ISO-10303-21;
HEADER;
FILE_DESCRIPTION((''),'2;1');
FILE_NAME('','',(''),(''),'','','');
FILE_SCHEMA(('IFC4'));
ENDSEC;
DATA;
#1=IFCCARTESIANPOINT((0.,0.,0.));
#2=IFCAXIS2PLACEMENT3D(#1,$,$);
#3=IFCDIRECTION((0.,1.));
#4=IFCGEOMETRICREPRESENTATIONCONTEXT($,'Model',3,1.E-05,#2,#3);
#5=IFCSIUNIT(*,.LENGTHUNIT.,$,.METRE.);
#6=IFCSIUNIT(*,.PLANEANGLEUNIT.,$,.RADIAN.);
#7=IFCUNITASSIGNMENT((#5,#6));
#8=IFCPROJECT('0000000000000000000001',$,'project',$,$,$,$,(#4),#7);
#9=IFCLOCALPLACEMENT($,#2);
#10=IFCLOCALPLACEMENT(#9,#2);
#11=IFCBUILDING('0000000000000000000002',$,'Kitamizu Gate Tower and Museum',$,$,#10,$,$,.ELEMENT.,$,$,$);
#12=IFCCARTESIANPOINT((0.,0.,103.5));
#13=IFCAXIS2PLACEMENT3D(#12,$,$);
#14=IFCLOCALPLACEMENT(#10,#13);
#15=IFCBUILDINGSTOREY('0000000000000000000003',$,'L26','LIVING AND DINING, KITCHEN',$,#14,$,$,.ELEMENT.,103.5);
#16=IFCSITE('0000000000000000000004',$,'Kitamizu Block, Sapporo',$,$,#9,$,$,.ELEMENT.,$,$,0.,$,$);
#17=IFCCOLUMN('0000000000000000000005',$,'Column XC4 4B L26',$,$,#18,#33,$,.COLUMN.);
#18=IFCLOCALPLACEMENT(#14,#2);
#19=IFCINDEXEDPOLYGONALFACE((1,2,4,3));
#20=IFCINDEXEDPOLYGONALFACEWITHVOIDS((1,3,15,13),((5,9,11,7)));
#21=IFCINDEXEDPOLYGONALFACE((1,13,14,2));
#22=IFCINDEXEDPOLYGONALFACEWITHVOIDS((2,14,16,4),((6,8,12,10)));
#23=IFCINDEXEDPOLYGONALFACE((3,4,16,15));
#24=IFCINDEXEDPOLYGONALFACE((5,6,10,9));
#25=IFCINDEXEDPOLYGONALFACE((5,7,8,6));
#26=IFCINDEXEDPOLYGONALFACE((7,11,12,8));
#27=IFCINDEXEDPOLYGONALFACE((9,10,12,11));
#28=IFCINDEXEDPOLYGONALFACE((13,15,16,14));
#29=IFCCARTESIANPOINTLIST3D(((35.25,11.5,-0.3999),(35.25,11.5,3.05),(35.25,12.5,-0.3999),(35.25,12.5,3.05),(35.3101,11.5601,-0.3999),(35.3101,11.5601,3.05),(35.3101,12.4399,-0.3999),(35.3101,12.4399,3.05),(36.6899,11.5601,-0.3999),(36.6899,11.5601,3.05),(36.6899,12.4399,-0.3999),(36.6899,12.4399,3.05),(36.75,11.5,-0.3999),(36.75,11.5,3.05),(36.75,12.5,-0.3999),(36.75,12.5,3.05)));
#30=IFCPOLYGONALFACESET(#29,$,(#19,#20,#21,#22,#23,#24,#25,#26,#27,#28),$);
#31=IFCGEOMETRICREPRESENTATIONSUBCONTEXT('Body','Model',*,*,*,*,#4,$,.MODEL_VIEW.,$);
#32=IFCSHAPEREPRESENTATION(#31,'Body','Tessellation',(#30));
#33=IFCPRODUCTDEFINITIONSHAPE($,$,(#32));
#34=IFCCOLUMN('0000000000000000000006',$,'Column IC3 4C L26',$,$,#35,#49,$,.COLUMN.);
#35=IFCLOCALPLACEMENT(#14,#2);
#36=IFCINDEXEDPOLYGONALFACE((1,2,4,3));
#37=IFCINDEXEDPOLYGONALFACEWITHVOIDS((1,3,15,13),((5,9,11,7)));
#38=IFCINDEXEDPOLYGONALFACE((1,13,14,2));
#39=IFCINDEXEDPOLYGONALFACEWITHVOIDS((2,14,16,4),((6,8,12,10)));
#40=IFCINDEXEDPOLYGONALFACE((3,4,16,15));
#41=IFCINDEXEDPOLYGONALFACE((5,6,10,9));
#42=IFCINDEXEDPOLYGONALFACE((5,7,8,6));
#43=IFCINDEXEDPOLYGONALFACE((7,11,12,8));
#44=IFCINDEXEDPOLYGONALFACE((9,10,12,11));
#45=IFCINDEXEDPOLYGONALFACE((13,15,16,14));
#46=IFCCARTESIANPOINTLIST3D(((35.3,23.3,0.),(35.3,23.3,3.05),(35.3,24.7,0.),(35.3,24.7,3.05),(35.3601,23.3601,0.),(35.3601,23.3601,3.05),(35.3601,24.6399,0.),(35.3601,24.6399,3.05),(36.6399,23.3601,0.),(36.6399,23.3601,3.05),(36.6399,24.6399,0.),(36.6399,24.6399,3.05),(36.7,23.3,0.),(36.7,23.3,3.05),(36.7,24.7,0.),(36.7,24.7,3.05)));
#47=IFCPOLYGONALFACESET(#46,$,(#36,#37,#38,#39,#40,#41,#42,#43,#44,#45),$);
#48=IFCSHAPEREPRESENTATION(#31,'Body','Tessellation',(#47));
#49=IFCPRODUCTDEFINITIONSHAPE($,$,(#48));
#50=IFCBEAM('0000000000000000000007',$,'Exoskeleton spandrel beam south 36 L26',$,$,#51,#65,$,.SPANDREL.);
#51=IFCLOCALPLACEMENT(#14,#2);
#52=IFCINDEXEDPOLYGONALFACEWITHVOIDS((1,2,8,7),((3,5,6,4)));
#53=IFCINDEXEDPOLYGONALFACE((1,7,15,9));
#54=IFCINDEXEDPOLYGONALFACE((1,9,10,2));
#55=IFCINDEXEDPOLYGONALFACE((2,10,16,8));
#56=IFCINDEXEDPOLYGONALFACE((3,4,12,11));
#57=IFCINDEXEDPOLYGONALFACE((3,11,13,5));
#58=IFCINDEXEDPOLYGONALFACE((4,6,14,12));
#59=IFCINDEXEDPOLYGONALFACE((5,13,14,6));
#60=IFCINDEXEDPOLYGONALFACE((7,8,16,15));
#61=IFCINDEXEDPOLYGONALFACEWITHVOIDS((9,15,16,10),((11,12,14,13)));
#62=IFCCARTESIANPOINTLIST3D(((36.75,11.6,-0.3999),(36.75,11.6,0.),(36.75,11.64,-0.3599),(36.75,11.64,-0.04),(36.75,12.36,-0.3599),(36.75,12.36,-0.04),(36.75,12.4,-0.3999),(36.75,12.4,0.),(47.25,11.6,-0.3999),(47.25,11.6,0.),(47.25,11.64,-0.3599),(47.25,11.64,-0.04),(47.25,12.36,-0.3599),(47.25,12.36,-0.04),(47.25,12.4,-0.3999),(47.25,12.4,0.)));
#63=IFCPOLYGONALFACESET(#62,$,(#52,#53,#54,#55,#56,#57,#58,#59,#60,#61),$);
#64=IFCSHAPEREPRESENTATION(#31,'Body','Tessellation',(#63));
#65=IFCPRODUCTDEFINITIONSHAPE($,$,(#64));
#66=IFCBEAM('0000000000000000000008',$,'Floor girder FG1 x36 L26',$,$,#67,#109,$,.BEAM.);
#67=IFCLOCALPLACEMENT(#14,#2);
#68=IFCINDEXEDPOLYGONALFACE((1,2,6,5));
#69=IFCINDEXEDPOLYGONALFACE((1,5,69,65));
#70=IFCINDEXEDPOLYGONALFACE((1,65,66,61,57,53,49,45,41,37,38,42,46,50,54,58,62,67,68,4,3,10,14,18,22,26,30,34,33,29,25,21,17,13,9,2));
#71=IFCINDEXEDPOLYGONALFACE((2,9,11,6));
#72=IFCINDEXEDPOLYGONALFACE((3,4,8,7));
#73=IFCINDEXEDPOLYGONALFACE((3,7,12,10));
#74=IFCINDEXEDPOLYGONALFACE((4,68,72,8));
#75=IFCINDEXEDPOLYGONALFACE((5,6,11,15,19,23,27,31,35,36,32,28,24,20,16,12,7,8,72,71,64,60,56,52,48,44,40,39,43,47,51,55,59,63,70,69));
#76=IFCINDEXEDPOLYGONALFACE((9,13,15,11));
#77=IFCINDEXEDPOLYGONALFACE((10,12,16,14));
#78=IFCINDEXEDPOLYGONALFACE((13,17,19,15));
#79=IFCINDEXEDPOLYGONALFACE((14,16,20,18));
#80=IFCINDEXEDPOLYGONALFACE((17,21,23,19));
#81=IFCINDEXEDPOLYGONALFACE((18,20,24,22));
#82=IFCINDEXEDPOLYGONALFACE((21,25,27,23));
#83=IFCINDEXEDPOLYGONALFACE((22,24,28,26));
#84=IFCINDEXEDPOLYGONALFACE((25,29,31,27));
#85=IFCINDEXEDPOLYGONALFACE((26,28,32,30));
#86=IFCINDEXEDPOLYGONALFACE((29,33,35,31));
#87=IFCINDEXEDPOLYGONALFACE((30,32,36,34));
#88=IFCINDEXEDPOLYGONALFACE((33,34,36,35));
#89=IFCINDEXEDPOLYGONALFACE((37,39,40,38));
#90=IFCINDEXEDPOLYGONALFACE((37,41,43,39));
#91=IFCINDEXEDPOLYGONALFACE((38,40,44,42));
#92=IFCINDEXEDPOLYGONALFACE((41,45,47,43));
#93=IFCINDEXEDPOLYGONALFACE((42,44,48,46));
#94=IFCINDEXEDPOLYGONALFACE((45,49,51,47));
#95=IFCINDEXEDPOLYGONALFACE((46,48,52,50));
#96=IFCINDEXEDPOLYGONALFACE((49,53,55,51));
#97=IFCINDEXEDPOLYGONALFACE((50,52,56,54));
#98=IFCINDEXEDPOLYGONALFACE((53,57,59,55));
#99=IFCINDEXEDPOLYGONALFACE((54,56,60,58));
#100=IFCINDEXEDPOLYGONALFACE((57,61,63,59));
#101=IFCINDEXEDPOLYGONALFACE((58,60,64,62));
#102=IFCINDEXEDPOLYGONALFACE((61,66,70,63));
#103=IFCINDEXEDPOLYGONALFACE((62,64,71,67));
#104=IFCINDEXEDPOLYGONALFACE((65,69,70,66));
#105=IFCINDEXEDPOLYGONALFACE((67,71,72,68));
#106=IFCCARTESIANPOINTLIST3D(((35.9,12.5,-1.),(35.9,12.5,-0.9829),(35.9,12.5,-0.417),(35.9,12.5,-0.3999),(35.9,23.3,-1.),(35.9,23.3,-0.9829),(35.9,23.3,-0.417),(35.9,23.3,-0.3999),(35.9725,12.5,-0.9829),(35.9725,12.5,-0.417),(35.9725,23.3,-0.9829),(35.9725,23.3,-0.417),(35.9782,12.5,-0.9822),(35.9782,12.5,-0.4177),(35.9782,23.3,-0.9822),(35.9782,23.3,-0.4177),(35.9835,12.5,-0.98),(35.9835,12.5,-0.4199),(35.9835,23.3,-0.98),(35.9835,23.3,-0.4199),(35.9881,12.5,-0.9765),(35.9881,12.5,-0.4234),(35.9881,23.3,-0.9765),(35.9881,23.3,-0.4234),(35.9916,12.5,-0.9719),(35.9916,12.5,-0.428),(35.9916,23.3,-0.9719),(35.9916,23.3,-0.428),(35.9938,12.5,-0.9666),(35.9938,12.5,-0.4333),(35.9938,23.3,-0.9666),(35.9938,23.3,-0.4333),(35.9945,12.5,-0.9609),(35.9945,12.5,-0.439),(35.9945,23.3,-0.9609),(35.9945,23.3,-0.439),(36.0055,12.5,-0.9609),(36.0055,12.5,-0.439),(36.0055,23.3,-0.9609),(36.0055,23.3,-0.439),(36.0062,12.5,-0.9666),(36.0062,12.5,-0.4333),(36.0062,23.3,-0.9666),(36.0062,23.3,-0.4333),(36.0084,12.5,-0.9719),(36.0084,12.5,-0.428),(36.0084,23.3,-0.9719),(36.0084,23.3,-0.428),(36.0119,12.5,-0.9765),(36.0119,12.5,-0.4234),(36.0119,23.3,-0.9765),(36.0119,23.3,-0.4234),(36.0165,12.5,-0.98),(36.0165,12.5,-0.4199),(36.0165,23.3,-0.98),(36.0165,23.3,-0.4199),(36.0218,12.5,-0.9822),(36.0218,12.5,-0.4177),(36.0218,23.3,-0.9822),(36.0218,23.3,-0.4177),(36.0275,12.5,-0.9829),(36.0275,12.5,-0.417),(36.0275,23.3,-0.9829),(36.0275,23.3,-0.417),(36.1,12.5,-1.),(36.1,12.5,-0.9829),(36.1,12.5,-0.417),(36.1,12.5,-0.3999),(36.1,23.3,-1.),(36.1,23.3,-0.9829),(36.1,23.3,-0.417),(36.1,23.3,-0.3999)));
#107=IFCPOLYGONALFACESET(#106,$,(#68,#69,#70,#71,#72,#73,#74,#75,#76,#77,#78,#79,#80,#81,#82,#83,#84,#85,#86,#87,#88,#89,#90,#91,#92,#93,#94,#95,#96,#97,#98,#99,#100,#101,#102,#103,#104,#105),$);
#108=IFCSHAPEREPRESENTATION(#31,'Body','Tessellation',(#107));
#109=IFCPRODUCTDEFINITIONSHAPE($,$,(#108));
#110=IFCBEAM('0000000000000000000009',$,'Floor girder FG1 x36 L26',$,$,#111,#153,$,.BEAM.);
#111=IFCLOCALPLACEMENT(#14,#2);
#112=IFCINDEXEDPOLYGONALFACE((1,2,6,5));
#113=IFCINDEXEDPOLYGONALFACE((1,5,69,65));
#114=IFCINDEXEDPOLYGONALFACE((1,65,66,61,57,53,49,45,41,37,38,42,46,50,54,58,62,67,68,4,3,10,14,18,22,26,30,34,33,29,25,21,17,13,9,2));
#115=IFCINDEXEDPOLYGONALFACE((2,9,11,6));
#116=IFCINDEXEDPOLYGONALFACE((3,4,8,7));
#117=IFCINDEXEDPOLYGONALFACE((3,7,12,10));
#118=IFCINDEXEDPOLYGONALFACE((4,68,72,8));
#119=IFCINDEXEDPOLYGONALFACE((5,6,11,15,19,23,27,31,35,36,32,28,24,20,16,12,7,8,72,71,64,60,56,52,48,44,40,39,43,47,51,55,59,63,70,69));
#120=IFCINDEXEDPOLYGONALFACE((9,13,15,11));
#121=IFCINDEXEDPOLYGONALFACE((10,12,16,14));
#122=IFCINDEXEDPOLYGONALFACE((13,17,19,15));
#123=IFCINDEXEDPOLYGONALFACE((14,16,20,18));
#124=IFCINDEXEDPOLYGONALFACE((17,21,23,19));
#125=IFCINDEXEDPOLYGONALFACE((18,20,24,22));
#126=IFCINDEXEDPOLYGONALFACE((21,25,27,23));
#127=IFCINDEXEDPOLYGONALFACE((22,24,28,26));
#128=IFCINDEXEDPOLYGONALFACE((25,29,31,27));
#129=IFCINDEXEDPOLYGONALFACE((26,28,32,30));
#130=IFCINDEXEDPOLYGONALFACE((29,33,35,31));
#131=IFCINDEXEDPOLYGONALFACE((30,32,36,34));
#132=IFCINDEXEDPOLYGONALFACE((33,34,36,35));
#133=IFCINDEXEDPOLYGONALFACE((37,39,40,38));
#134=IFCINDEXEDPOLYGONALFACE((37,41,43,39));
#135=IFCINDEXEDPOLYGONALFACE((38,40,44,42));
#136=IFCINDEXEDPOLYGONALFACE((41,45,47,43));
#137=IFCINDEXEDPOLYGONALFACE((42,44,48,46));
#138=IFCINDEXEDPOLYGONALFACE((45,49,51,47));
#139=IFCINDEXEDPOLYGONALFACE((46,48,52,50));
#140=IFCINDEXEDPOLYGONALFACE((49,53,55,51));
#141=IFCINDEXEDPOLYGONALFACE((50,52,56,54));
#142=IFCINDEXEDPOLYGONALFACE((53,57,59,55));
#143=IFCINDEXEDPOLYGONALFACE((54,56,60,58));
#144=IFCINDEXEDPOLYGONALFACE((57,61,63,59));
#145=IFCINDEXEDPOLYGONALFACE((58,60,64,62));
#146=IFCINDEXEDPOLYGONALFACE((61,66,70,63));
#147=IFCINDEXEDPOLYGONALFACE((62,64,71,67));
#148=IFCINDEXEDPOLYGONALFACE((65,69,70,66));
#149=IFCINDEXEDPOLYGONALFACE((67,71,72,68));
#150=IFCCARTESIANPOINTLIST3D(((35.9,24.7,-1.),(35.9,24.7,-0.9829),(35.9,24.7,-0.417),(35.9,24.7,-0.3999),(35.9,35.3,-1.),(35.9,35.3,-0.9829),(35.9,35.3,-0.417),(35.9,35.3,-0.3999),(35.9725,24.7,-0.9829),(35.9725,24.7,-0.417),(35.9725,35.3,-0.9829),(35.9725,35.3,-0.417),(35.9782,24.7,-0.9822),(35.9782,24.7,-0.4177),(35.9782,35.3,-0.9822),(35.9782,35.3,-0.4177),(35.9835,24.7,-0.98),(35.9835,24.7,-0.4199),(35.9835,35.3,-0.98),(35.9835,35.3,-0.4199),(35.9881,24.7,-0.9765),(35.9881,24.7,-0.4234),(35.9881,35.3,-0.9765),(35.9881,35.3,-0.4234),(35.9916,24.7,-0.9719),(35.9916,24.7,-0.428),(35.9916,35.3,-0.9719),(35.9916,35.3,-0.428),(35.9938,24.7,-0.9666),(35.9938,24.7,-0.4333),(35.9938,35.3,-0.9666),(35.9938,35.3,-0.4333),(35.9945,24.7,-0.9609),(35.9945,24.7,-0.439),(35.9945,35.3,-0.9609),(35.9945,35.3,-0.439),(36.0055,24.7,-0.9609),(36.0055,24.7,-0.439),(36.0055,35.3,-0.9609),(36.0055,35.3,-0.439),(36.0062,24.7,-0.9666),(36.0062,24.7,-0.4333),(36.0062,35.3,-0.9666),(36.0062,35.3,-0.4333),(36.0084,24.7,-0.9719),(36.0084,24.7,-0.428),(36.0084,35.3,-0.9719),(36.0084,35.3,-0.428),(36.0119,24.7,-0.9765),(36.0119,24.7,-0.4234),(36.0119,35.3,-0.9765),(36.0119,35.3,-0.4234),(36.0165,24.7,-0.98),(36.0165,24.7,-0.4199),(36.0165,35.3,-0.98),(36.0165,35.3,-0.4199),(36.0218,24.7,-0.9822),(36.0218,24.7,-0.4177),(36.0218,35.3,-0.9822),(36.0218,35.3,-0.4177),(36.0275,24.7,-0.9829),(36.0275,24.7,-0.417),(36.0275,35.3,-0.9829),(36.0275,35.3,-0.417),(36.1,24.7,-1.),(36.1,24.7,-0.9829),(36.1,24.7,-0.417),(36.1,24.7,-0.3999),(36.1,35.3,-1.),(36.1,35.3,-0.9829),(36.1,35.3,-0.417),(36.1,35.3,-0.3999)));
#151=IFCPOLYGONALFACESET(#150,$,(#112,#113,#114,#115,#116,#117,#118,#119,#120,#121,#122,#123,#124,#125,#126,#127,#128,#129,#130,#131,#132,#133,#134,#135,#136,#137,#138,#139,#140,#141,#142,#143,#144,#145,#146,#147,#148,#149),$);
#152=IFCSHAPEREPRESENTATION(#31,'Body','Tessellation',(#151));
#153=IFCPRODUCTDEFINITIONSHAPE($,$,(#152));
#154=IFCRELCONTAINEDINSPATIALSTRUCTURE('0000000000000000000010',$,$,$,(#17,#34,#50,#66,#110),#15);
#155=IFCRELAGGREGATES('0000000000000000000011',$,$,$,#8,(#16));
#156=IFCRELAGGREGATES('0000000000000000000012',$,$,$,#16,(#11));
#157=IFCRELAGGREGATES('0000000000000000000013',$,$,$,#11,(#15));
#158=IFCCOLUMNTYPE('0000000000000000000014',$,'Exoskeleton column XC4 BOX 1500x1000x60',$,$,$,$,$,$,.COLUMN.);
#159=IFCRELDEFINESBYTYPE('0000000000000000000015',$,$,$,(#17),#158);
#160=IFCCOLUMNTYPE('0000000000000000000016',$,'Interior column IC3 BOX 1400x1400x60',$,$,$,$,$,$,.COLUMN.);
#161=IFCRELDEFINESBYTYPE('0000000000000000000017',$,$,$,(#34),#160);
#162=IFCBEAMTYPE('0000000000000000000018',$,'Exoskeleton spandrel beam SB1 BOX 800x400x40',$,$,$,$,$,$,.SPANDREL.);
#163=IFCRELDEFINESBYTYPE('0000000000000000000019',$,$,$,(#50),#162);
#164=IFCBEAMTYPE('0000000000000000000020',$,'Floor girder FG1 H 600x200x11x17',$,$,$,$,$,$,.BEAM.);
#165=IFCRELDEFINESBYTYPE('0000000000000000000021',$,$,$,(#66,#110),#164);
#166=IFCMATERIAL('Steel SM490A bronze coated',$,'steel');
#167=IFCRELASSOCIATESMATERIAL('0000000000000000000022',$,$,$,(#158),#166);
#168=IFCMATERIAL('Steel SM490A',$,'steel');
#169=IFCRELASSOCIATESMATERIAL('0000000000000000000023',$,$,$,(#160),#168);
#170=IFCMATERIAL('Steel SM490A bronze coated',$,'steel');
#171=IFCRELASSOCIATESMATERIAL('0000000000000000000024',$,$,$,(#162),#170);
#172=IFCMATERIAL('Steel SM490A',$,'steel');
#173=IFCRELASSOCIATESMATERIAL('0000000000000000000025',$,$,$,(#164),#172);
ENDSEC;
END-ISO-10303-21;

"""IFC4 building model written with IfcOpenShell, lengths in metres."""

from ifc_helpers import new_model, si_unit, direction, frame, origin, origin_2d, place, context, subcontext, project, spatial, hollow_rectangle, i_section, extrude, material, material_profile, profile_set, type_object, element, save


model = new_model("IFC4")

# Units and contexts
model_context = context("Model", 3, precision=1e-05, world=origin(), true_north=direction((0.0, 1.0)))
body_context = subcontext(model_context, "Body", "Model", "MODEL_VIEW")
ifc_project = project(units=[si_unit("LENGTHUNIT", "METRE"), si_unit("PLANEANGLEUNIT", "RADIAN")], contexts=[model_context])

# Site, building, storey
site_placement = place(None, origin())
site = spatial("IfcSite", under=ifc_project, at=site_placement, Name="Kitamizu Block, Sapporo", CompositionType="ELEMENT", RefElevation=0.0)
building_placement = place(site_placement, origin())
building = spatial("IfcBuilding", under=site, at=building_placement, Name="Kitamizu Gate Tower and Museum", CompositionType="ELEMENT")
storey_placement = place(building_placement, frame((0.0, 0.0, 103.5)))
storey = spatial("IfcBuildingStorey", under=building, at=storey_placement, Name="L26", Description="LIVING AND DINING, KITCHEN", CompositionType="ELEMENT", Elevation=103.5)

# Columns
ifc_material_1 = material(Name="Steel SM490A bronze coated", Category="steel")
ifc_material_profile_1 = material_profile(ifc_material_1, hollow_rectangle(XDim=1.5, YDim=1.0, WallThickness=0.0601, at=origin_2d()), Name="BOX 1500x1000x60")
ifc_profile_set_1 = profile_set([ifc_material_profile_1], Name="Steel SM490A bronze coated")
column_type_1 = type_object("IfcColumnType", Name="Exoskeleton column XC4 BOX 1500x1000x60", PredefinedType="COLUMN", material=ifc_profile_set_1)
column_1_placement = place(storey_placement, frame((36.0, 12.0, -0.3999), z_axis=(0.0, 0.0, 1.0), x_axis=(1.0, 0.0, 0.0)))
element("IfcColumn", 1, at=column_1_placement, inside=storey, type_object=column_type_1, Name="Column XC4 4B L26", PredefinedType="COLUMN", context=body_context, shape_type="SweptSolid", body=[
    extrude(hollow_rectangle(XDim=1.5, YDim=1.0, WallThickness=0.0601, at=origin_2d()), origin(), (0.0, 0.0, 1.0), 3.45),
])
ifc_material_2 = material(Name="Steel SM490A", Category="steel")
ifc_material_profile_2 = material_profile(ifc_material_2, hollow_rectangle(XDim=1.3999, YDim=1.3999, WallThickness=0.0601, at=origin_2d()), Name="BOX 1400x1400x60")
ifc_profile_set_2 = profile_set([ifc_material_profile_2], Name="Steel SM490A")
column_type_2 = type_object("IfcColumnType", Name="Interior column IC3 BOX 1400x1400x60", PredefinedType="COLUMN", material=ifc_profile_set_2)
column_2_placement = place(storey_placement, frame((36.0, 24.0, 0.0), z_axis=(0.0, 0.0, 1.0), x_axis=(1.0, 0.0, 0.0)))
element("IfcColumn", 2, at=column_2_placement, inside=storey, type_object=column_type_2, Name="Column IC3 4C L26", PredefinedType="COLUMN", context=body_context, shape_type="SweptSolid", body=[
    extrude(hollow_rectangle(XDim=1.3999, YDim=1.3999, WallThickness=0.0601, at=origin_2d()), origin(), (0.0, 0.0, 1.0), 3.05),
])

# Beams
ifc_material_3 = material(Name="Steel SM490A bronze coated", Category="steel")
ifc_material_profile_3 = material_profile(ifc_material_3, hollow_rectangle(XDim=0.8, YDim=0.3999, WallThickness=0.04, at=origin_2d()), Name="BOX 800x400x40")
ifc_profile_set_3 = profile_set([ifc_material_profile_3], Name="Steel SM490A bronze coated")
beam_type_1 = type_object("IfcBeamType", Name="Exoskeleton spandrel beam SB1 BOX 800x400x40", PredefinedType="SPANDREL", material=ifc_profile_set_3)
beam_1_placement = place(storey_placement, frame((36.75, 12.0, -0.2), z_axis=(1.0, 0.0, 0.0), x_axis=(0.0, 1.0, 0.0)))
element("IfcBeam", 3, at=beam_1_placement, inside=storey, type_object=beam_type_1, Name="Exoskeleton spandrel beam south 36 L26", PredefinedType="SPANDREL", context=body_context, shape_type="SweptSolid", body=[
    extrude(hollow_rectangle(XDim=0.8, YDim=0.3999, WallThickness=0.04, at=origin_2d()), origin(), (0.0, 0.0, 1.0), 10.5),
])
ifc_material_4 = material(Name="Steel SM490A", Category="steel")
ifc_material_profile_4 = material_profile(ifc_material_4, i_section(OverallWidth=0.2, OverallDepth=0.6001, WebThickness=0.011, FlangeThickness=0.0171, FilletRadius=0.022, at=origin_2d()), Name="H-600x200x11x17")
ifc_profile_set_4 = profile_set([ifc_material_profile_4], Name="Steel SM490A")
beam_type_2 = type_object("IfcBeamType", Name="Floor girder FG1 H 600x200x11x17", PredefinedType="BEAM", material=ifc_profile_set_4)
beam_2_placement = place(storey_placement, frame((36.0, 12.5, -0.7), z_axis=(0.0, 1.0, 0.0), x_axis=(-1.0, 0.0, 0.0)))
element("IfcBeam", 4, at=beam_2_placement, inside=storey, type_object=beam_type_2, Name="Floor girder FG1 x36 L26", PredefinedType="BEAM", context=body_context, shape_type="SweptSolid", body=[
    extrude(i_section(OverallWidth=0.2, OverallDepth=0.6001, WebThickness=0.011, FlangeThickness=0.0171, FilletRadius=0.022, at=origin_2d()), origin(), (0.0, 0.0, 1.0), 10.8),
])
beam_3_placement = place(storey_placement, frame((36.0, 24.7, -0.7), z_axis=(0.0, 1.0, 0.0), x_axis=(-1.0, 0.0, 0.0)))
element("IfcBeam", 5, at=beam_3_placement, inside=storey, type_object=beam_type_2, Name="Floor girder FG1 x36 L26", PredefinedType="BEAM", context=body_context, shape_type="SweptSolid", body=[
    extrude(i_section(OverallWidth=0.2, OverallDepth=0.6001, WebThickness=0.011, FlangeThickness=0.0171, FilletRadius=0.022, at=origin_2d()), origin(), (0.0, 0.0, 1.0), 10.6001),
])

save(model, "model.ifc")
